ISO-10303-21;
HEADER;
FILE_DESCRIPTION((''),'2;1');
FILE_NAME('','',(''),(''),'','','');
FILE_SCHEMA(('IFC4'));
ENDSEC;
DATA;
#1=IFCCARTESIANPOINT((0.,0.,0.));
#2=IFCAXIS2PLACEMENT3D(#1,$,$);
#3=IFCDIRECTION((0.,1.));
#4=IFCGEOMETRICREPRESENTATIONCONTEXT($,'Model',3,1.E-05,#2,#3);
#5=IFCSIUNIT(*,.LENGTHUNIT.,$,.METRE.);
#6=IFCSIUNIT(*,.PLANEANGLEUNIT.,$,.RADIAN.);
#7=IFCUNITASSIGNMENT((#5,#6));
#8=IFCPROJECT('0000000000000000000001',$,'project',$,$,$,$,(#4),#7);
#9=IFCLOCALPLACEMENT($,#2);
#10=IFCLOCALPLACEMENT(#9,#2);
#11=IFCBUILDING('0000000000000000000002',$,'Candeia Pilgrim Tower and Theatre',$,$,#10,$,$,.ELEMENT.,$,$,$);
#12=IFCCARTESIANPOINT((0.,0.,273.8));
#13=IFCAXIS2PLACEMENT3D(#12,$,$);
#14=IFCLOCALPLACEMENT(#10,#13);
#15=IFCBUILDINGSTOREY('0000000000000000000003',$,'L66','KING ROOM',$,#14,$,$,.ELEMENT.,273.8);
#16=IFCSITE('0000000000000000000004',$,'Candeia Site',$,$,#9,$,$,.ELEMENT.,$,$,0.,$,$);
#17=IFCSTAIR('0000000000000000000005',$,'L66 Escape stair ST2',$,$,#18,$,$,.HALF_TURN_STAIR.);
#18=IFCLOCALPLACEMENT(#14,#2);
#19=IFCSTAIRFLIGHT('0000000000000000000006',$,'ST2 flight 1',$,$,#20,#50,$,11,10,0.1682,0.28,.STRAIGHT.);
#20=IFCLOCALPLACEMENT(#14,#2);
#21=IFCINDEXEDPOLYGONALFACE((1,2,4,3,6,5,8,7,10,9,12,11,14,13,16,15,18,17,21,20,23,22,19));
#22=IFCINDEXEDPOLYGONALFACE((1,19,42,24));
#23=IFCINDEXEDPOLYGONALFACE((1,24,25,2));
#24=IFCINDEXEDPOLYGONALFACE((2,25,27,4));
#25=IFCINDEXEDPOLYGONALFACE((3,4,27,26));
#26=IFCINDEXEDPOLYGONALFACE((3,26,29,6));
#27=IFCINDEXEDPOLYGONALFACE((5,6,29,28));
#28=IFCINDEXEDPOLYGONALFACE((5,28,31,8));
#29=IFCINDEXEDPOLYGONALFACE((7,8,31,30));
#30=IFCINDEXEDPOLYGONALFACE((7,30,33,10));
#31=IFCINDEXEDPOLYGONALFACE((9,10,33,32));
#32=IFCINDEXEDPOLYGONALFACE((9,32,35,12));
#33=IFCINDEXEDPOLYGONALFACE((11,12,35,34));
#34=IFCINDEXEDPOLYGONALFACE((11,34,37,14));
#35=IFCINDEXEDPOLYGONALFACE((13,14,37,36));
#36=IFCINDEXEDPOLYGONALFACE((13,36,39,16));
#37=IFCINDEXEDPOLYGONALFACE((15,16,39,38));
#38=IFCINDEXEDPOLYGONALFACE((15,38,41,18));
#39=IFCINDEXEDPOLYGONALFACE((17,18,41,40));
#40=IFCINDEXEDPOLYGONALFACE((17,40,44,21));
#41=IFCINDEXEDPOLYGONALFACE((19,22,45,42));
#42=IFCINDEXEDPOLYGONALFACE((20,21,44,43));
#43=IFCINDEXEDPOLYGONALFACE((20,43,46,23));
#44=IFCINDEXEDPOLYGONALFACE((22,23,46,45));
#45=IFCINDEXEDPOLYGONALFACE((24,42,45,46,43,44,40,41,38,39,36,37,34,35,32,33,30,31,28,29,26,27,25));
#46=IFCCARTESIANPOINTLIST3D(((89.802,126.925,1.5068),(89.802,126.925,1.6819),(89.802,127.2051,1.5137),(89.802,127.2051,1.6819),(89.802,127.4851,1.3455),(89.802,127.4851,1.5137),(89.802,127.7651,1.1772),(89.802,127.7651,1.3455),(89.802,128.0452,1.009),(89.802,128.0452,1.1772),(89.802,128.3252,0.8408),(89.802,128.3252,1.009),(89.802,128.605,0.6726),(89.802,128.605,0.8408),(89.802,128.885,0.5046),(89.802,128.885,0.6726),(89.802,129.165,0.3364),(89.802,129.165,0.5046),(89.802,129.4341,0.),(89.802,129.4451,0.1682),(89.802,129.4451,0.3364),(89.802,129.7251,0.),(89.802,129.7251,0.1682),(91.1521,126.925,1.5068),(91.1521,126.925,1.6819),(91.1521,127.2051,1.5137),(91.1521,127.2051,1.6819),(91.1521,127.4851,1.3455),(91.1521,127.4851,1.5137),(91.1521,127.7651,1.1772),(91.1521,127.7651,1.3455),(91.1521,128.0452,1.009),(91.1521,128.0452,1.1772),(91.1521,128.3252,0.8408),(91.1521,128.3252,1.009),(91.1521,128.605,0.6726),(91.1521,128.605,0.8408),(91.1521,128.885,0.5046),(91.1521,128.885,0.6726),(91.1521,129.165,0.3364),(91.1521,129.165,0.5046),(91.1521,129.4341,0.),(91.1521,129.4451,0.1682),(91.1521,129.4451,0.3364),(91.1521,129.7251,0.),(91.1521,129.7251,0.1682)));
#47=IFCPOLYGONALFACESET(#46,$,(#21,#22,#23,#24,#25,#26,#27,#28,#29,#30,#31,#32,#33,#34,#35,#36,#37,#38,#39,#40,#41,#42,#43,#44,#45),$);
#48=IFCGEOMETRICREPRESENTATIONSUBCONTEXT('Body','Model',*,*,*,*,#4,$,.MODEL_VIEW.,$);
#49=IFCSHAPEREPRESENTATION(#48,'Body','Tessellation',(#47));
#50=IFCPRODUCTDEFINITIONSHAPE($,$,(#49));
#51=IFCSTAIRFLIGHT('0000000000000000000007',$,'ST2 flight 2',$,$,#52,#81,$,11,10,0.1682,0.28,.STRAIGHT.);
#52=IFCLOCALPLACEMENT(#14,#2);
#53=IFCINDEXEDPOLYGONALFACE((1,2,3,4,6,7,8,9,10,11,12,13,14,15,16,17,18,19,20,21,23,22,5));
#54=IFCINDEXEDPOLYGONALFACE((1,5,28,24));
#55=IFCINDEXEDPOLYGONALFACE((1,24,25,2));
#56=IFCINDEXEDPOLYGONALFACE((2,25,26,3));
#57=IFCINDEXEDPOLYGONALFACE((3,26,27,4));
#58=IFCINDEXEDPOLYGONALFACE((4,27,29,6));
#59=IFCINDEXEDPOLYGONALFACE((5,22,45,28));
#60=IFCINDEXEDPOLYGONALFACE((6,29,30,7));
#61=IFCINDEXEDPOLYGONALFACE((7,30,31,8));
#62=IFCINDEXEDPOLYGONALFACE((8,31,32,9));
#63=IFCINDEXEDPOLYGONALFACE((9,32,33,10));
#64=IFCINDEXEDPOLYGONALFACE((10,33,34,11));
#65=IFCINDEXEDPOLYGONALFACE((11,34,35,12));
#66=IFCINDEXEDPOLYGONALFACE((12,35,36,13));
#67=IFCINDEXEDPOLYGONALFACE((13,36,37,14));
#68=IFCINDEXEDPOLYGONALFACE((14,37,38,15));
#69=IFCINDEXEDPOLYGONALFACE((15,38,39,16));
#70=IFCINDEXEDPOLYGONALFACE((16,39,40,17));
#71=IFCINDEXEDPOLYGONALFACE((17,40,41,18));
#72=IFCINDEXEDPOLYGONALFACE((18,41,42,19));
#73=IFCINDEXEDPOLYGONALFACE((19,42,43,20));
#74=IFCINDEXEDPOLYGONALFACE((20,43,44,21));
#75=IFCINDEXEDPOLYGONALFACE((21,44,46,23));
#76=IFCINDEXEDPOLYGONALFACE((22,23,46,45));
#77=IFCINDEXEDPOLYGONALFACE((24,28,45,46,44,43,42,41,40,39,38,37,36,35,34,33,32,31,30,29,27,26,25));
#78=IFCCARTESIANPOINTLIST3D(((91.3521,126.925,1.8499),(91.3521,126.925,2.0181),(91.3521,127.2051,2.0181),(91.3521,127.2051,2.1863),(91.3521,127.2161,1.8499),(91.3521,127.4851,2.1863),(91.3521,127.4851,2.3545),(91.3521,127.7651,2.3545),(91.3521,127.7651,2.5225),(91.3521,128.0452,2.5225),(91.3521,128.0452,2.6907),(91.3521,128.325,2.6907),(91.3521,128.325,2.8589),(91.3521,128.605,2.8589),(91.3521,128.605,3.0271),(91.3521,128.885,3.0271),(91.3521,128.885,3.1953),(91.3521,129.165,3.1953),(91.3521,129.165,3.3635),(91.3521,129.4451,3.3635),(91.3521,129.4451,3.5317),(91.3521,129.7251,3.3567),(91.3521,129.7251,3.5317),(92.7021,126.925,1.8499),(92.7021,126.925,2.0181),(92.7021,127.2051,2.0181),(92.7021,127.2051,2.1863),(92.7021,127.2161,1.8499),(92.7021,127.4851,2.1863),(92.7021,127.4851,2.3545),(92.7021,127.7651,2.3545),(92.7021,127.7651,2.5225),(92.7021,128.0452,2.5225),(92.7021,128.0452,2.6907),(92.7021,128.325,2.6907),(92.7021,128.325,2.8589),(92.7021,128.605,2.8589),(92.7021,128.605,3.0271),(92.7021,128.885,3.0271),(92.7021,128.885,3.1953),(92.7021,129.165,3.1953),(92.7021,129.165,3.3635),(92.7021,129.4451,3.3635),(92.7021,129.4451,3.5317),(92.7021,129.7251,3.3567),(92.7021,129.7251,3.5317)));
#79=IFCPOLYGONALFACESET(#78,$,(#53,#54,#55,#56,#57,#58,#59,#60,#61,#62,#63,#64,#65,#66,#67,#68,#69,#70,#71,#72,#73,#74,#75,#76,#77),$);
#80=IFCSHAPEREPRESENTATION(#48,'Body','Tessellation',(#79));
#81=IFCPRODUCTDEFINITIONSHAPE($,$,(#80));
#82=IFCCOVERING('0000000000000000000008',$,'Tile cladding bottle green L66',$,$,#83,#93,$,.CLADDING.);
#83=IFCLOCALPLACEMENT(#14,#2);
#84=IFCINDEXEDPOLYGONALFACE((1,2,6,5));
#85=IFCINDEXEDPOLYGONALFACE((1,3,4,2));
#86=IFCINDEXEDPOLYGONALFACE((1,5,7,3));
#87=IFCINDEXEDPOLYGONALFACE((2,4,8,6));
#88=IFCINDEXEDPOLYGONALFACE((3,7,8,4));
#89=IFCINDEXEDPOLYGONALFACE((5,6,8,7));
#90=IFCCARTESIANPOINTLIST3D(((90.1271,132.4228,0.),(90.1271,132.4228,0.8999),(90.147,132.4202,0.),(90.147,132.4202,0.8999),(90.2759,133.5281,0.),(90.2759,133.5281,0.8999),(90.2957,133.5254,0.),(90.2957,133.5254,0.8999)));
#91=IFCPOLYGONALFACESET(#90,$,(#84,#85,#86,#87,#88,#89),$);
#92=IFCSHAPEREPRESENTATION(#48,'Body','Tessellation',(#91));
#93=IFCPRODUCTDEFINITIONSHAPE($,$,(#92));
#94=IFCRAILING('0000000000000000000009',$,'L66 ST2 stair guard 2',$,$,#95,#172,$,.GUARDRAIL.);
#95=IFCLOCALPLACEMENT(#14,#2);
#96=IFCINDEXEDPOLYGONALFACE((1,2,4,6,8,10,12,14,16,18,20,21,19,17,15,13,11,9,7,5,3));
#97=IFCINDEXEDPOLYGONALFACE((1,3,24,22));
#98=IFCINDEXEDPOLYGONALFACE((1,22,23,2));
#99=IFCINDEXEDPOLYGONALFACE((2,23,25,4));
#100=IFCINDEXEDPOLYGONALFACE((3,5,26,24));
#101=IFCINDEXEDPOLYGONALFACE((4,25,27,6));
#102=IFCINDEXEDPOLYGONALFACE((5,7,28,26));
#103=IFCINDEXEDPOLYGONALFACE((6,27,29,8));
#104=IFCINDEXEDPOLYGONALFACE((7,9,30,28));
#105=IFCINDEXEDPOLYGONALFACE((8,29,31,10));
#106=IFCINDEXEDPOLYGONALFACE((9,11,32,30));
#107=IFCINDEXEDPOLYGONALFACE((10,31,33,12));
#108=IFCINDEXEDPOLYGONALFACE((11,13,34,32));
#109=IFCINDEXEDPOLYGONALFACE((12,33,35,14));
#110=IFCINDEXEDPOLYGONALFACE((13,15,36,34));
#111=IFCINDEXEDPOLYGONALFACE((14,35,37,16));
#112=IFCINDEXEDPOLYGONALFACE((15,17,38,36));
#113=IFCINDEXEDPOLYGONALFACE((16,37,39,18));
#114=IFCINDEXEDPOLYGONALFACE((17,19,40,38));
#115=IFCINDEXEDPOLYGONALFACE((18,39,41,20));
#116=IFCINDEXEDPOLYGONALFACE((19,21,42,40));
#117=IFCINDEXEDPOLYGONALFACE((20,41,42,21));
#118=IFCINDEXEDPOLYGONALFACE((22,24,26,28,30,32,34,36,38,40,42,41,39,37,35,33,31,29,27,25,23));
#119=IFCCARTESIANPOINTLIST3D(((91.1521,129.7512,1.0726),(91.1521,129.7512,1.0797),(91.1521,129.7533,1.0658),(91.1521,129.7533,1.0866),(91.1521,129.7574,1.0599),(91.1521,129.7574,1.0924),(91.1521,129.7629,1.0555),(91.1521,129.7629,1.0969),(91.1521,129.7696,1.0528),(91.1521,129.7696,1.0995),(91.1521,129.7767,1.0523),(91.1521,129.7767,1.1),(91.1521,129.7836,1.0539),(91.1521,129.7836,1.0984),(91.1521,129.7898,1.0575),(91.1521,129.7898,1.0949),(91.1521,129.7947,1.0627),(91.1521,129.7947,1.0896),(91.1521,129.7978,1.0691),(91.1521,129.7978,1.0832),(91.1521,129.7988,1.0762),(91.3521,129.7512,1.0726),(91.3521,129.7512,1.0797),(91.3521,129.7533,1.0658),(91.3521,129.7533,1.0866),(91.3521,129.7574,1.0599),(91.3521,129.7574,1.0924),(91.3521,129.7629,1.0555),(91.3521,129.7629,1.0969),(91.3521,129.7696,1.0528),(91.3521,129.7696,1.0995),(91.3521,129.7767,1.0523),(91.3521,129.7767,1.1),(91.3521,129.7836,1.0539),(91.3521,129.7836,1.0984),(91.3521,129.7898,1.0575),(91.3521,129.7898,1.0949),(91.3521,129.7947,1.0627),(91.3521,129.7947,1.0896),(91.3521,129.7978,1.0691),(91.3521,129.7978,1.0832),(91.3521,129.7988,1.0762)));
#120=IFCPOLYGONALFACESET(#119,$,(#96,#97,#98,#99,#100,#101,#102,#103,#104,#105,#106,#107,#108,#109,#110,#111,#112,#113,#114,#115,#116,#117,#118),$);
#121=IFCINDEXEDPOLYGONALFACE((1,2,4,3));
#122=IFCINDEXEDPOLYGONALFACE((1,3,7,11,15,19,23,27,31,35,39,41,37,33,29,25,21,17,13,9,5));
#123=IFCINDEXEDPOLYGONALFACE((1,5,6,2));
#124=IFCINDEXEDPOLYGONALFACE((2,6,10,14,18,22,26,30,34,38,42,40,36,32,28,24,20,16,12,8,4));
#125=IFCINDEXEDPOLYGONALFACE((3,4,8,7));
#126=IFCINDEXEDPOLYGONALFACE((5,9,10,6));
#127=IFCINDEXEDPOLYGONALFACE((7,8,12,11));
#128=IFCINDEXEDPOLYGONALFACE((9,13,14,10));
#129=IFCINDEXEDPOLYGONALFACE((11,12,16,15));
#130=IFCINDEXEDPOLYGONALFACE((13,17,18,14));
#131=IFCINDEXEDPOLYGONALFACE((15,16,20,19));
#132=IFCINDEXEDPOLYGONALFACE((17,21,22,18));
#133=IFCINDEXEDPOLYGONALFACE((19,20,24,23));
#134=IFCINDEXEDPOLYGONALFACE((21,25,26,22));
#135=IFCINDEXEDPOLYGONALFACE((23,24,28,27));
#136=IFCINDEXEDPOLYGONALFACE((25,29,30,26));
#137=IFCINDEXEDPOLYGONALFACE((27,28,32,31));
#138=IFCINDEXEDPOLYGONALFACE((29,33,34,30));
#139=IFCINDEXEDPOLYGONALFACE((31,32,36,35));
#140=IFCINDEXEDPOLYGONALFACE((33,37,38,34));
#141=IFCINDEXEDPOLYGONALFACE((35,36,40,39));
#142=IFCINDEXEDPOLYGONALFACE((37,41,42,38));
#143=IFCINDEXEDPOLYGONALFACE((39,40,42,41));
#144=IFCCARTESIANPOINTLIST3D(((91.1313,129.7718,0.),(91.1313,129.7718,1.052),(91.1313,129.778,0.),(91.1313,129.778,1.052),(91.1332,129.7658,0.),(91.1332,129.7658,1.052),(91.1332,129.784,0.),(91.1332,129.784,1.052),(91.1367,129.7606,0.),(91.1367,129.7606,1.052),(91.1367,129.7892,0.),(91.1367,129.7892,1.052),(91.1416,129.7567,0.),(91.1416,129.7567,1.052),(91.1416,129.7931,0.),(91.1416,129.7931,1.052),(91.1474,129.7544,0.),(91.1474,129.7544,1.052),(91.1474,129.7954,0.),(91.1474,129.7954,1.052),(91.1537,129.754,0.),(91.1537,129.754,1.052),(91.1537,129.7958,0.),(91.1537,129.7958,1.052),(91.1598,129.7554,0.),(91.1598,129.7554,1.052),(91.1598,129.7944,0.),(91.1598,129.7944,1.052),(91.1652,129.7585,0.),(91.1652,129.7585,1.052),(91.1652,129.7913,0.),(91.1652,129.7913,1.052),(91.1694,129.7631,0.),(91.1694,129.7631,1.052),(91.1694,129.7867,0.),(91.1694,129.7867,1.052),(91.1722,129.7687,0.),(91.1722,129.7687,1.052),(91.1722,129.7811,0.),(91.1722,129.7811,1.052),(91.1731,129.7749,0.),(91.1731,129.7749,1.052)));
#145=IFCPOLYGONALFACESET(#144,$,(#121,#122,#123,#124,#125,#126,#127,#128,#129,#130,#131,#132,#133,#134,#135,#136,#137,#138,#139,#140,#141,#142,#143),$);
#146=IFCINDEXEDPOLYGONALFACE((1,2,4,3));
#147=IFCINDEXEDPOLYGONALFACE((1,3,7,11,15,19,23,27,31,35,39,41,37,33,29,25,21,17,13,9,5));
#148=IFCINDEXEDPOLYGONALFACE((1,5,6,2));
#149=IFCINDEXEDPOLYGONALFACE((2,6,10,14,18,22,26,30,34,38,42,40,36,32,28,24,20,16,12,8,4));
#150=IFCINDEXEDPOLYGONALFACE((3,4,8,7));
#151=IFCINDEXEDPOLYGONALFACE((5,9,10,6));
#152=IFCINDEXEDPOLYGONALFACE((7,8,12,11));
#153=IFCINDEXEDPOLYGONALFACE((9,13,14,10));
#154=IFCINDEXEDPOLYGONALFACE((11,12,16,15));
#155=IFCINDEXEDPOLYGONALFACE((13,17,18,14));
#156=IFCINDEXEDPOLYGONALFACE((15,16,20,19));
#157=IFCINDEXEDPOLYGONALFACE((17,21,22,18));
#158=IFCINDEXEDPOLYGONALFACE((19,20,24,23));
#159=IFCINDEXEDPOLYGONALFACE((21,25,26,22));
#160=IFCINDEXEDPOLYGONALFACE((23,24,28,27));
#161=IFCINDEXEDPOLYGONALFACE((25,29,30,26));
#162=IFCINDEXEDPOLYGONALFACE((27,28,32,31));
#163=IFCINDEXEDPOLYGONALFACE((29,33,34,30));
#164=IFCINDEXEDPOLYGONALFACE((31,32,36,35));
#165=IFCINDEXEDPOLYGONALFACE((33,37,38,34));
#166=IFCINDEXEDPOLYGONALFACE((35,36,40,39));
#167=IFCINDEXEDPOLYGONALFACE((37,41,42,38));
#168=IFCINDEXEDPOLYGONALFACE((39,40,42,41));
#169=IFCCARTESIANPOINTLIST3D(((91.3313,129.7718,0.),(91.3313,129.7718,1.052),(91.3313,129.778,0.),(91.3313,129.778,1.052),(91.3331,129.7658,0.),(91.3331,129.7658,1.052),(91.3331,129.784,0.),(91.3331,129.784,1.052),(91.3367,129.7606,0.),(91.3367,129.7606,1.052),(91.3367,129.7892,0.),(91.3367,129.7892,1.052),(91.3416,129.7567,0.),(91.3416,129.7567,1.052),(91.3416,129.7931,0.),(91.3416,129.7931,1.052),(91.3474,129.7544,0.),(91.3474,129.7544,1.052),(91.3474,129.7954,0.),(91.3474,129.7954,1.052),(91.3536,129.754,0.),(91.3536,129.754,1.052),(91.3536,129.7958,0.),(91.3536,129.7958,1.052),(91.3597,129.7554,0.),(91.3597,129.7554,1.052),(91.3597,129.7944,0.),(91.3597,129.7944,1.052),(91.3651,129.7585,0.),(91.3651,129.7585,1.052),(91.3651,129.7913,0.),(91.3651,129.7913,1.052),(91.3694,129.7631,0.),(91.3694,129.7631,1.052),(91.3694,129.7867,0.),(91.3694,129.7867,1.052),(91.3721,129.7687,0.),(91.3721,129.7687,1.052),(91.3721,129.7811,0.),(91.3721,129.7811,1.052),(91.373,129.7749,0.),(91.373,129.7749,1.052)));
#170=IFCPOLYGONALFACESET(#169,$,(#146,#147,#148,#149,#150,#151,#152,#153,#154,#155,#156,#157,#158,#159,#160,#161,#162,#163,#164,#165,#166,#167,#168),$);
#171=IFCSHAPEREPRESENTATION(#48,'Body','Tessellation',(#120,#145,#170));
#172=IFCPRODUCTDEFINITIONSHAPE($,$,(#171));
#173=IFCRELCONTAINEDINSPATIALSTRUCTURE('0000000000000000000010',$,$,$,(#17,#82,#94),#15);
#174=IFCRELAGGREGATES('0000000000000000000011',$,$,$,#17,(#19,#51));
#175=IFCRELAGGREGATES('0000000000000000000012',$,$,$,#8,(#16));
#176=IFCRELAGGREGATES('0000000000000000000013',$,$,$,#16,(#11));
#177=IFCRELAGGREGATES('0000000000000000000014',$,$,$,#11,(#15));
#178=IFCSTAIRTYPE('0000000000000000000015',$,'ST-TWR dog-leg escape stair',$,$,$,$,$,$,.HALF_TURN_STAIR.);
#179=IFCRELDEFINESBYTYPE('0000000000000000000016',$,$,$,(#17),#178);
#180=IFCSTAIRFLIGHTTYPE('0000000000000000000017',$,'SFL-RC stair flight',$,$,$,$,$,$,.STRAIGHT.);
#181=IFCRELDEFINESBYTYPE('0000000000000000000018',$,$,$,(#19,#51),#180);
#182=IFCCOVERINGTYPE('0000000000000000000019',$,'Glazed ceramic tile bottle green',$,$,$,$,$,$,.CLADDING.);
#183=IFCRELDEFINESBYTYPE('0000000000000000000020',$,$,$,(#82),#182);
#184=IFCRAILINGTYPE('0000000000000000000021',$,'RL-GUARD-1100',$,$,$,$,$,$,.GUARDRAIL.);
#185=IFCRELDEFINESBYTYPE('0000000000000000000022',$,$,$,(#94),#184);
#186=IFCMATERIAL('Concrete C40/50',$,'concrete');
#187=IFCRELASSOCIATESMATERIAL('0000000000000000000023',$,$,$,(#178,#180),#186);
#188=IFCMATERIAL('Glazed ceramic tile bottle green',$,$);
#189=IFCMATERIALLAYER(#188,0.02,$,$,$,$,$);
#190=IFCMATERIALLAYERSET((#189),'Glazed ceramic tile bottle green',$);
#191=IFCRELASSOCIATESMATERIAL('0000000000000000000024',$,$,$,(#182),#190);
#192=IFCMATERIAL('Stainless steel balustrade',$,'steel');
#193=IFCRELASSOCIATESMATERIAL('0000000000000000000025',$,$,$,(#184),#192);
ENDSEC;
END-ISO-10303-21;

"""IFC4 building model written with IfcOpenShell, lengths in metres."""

from ifc_helpers import new_model, si_unit, direction, frame, origin, origin_2d, place, context, subcontext, project, spatial, polyline, rectangle, circle, outline, extrude, material, layer, layer_set, type_object, element, aggregate, save


model = new_model("IFC4")

# Units and contexts
model_context = context("Model", 3, precision=1e-05, world=origin(), true_north=direction((0.0, 1.0)))
body_context = subcontext(model_context, "Body", "Model", "MODEL_VIEW")
ifc_project = project(units=[si_unit("LENGTHUNIT", "METRE"), si_unit("PLANEANGLEUNIT", "RADIAN")], contexts=[model_context])

# Site, building, storey
site_placement = place(None, origin())
site = spatial("IfcSite", under=ifc_project, at=site_placement, Name="Candeia Site", CompositionType="ELEMENT", RefElevation=0.0)
building_placement = place(site_placement, origin())
building = spatial("IfcBuilding", under=site, at=building_placement, Name="Candeia Pilgrim Tower and Theatre", CompositionType="ELEMENT")
storey_placement = place(building_placement, frame((0.0, 0.0, 273.8)))
storey = spatial("IfcBuildingStorey", under=building, at=storey_placement, Name="L66", Description="KING ROOM", CompositionType="ELEMENT", Elevation=273.8)

# Shared definitions
ifc_material_1 = material(Name="Concrete C40/50", Category="concrete")

# Stair, stair flights
stair_type = type_object("IfcStairType", Name="ST-TWR dog-leg escape stair", PredefinedType="HALF_TURN_STAIR", material=ifc_material_1)
stair_placement = place(storey_placement, origin())
stair = element("IfcStair", 1, at=stair_placement, inside=storey, type_object=stair_type, Name="L66 Escape stair ST2", PredefinedType="HALF_TURN_STAIR")
stair_flight_type = type_object("IfcStairFlightType", Name="SFL-RC stair flight", PredefinedType="STRAIGHT", material=ifc_material_1)
stair_flight_1_placement = place(storey_placement, frame((90.4771, 129.7251, 0.0), z_axis=(0.0, 0.0, 1.0), x_axis=(0.0, -1.0, 0.0)))
stair_flight_1 = element("IfcStairFlight", 2, at=stair_flight_1_placement, type_object=stair_flight_type, Name="ST2 flight 1", NumberOfRisers=11, NumberOfTreads=10, PredefinedType="STRAIGHT", RiserHeight=0.1682, TreadLength=0.28, context=body_context, shape_type="SweptSolid", body=[
    extrude(outline(polyline([(0.0, 0.0), (0.0, 0.1682), (0.28, 0.1682), (0.28, 0.3364), (0.5601, 0.3364), (0.5601, 0.5046), (0.8401, 0.5046), (0.8401, 0.6726), (1.1201, 0.6726), (1.1201, 0.8408), (1.3999, 0.8408), (1.3999, 1.009), (1.6799, 1.009), (1.6799, 1.1772), (1.96, 1.1772), (1.96, 1.3455), (2.24, 1.3455), (2.24, 1.5137), (2.52, 1.5137), (2.52, 1.6819), (2.8, 1.6819), (2.8, 1.8501), (2.8, 1.5068), (0.291, 0.0), (0.0, 0.0)])), frame((0.0, 0.675, 0.0), z_axis=(0.0, -1.0, 0.0), x_axis=(1.0, 0.0, 0.0)), (0.0, 0.0, 1.0), 1.3501),
])
stair_flight_2_placement = place(storey_placement, frame((92.0271, 126.925, 1.8499), z_axis=(0.0, 0.0, 1.0), x_axis=(0.0, 1.0, 0.0)))
stair_flight_2 = element("IfcStairFlight", 3, at=stair_flight_2_placement, type_object=stair_flight_type, Name="ST2 flight 2", NumberOfRisers=11, NumberOfTreads=10, PredefinedType="STRAIGHT", RiserHeight=0.1682, TreadLength=0.28, context=body_context, shape_type="SweptSolid", body=[
    extrude(outline(polyline([(0.0, 0.0), (0.0, 0.1682), (0.28, 0.1682), (0.28, 0.3364), (0.5601, 0.3364), (0.5601, 0.5046), (0.8401, 0.5046), (0.8401, 0.6726), (1.1201, 0.6726), (1.1201, 0.8408), (1.3999, 0.8408), (1.3999, 1.009), (1.6799, 1.009), (1.6799, 1.1772), (1.96, 1.1772), (1.96, 1.3455), (2.24, 1.3455), (2.24, 1.5137), (2.52, 1.5137), (2.52, 1.6819), (2.8, 1.6819), (2.8, 1.8501), (2.8, 1.5068), (0.291, 0.0), (0.0, 0.0)])), frame((0.0, 0.675, 0.0), z_axis=(0.0, -1.0, 0.0), x_axis=(1.0, 0.0, 0.0)), (0.0, 0.0, 1.0), 1.3501),
])
aggregate(stair, [stair_flight_1, stair_flight_2])

# Shared definitions
ifc_material_2 = material(Name="Stainless steel balustrade", Category="steel")

# Covering
ifc_material_3 = material(Name="Glazed ceramic tile bottle green")
ifc_layer_1 = layer(ifc_material_3, 0.02)
ifc_layer_set_1 = layer_set([ifc_layer_1], Name="Glazed ceramic tile bottle green")
covering_type = type_object("IfcCoveringType", Name="Glazed ceramic tile bottle green", PredefinedType="CLADDING", material=ifc_layer_set_1)
covering_placement = place(storey_placement, frame((90.2114, 132.9741, 0.0), z_axis=(0.0, 0.0, 1.0), x_axis=(-0.133412, -0.991061, 0.0)))
element("IfcCovering", 4, at=covering_placement, inside=storey, type_object=covering_type, Name="Tile cladding bottle green L66", PredefinedType="CLADDING", context=body_context, shape_type="SweptSolid", body=[
    extrude(rectangle(XDim=1.1152, YDim=0.02, at=origin_2d()), origin(), (0.0, 0.0, 1.0), 0.8999),
])

# Railing
railing_type_1 = type_object("IfcRailingType", Name="RL-GUARD-1100", PredefinedType="GUARDRAIL", material=ifc_material_2)
railing_1_placement = place(storey_placement, frame((91.1521, 129.7749, 0.0)))
element("IfcRailing", 5, at=railing_1_placement, inside=storey, type_object=railing_type_1, Name="L66 ST2 stair guard 2", PredefinedType="GUARDRAIL", context=body_context, shape_type="SweptSolid", body=[
    extrude(circle(Radius=0.0239, at=origin_2d()), frame((0.0, 0.0, 1.0762), z_axis=(1.0, 0.0, 0.0), x_axis=(0.0, 1.0, 0.0)), (0.0, 0.0, 1.0), 0.2),
    extrude(circle(Radius=0.021, at=origin_2d()), origin(), (0.0, 0.0, 1.0), 1.052),
    extrude(circle(Radius=0.021, at=origin_2d()), frame((0.2, 0.0, 0.0)), (0.0, 0.0, 1.0), 1.052),
])

save(model, "model.ifc")
